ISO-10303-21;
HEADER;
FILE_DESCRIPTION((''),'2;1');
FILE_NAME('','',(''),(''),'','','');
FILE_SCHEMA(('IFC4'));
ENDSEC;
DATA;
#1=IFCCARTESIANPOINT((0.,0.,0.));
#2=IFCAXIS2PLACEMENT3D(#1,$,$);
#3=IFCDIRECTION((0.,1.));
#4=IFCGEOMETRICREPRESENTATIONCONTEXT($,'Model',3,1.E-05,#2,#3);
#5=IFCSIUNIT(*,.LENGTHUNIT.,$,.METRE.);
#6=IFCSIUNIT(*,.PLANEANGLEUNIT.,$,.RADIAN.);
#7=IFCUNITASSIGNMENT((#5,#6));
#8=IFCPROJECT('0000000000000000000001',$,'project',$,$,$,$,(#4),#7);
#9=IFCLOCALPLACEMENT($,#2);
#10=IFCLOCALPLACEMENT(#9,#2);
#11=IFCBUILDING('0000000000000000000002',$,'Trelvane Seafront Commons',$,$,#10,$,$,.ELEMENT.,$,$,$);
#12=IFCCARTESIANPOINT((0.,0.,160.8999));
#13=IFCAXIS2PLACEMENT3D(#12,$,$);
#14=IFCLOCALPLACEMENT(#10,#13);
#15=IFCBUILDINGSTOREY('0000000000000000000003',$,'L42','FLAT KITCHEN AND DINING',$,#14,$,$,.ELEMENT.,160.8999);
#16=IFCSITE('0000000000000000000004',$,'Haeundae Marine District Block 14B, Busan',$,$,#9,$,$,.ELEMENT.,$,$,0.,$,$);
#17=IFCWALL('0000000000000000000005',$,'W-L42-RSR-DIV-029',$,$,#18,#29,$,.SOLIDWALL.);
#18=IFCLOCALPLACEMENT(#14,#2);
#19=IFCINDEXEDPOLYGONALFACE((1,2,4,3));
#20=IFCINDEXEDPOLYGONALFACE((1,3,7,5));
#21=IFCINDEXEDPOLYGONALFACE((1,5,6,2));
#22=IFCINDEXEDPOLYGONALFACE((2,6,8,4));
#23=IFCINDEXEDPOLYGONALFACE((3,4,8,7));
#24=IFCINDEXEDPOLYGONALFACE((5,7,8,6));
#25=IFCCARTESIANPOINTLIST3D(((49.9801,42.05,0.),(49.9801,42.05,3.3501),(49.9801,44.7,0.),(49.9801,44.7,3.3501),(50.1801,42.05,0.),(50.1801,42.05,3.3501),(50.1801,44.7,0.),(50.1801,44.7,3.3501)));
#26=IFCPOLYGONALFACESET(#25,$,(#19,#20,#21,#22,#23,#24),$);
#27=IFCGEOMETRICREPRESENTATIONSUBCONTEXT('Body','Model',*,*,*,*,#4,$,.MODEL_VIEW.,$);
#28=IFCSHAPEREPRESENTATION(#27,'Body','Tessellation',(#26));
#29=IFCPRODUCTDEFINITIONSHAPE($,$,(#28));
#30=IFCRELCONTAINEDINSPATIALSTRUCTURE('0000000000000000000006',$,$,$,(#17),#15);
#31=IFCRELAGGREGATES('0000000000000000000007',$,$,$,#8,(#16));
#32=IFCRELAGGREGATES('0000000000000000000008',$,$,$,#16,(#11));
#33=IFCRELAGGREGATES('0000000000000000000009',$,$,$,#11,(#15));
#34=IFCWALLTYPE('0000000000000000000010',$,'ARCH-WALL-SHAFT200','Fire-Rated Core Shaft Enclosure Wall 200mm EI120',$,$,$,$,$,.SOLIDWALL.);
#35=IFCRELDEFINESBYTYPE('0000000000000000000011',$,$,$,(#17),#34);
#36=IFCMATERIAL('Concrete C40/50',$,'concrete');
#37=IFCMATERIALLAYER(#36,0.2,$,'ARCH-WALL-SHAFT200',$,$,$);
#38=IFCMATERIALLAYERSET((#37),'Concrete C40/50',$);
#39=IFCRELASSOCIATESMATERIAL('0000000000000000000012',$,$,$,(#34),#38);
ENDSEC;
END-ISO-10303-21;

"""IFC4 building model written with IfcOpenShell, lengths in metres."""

from ifc_helpers import new_model, si_unit, direction, frame, frame_2d, origin, place, context, subcontext, project, spatial, rectangle, extrude, material, layer, layer_set, type_object, element, save


model = new_model("IFC4")

# Units and contexts
model_context = context("Model", 3, precision=1e-05, world=origin(), true_north=direction((0.0, 1.0)))
body_context = subcontext(model_context, "Body", "Model", "MODEL_VIEW")
ifc_project = project(units=[si_unit("LENGTHUNIT", "METRE"), si_unit("PLANEANGLEUNIT", "RADIAN")], contexts=[model_context])

# Site, building, storey
site_placement = place(None, origin())
site = spatial("IfcSite", under=ifc_project, at=site_placement, Name="Haeundae Marine District Block 14B, Busan", CompositionType="ELEMENT", RefElevation=0.0)
building_placement = place(site_placement, origin())
building = spatial("IfcBuilding", under=site, at=building_placement, Name="Trelvane Seafront Commons", CompositionType="ELEMENT")
storey_placement = place(building_placement, frame((0.0, 0.0, 160.8999)))
storey = spatial("IfcBuildingStorey", under=building, at=storey_placement, Name="L42", Description="FLAT KITCHEN AND DINING", CompositionType="ELEMENT", Elevation=160.8999)

# Shared definitions
ifc_material_1 = material(Name="Concrete C40/50", Category="concrete")
ifc_layer_1 = layer(ifc_material_1, 0.2, Name="ARCH-WALL-SHAFT200")
ifc_layer_set_1 = layer_set([ifc_layer_1], Name="Concrete C40/50")
wall_type_1 = type_object("IfcWallType", Name="ARCH-WALL-SHAFT200", Description="Fire-Rated Core Shaft Enclosure Wall 200mm EI120", PredefinedType="SOLIDWALL", material=ifc_layer_set_1)

# Wall
wall_1_placement = place(storey_placement, frame((50.0801, 42.05, 0.0), z_axis=(0.0, 0.0, 1.0), x_axis=(0.0, 1.0, 0.0)))
element("IfcWall", 1, at=wall_1_placement, inside=storey, type_object=wall_type_1, Name="W-L42-RSR-DIV-029", PredefinedType="SOLIDWALL", context=body_context, shape_type="SweptSolid", body=[
    extrude(rectangle(XDim=2.6499, YDim=0.2, at=frame_2d((1.325, 0.0))), origin(), (0.0, 0.0, 1.0), 3.3501),
])

save(model, "model.ifc")
